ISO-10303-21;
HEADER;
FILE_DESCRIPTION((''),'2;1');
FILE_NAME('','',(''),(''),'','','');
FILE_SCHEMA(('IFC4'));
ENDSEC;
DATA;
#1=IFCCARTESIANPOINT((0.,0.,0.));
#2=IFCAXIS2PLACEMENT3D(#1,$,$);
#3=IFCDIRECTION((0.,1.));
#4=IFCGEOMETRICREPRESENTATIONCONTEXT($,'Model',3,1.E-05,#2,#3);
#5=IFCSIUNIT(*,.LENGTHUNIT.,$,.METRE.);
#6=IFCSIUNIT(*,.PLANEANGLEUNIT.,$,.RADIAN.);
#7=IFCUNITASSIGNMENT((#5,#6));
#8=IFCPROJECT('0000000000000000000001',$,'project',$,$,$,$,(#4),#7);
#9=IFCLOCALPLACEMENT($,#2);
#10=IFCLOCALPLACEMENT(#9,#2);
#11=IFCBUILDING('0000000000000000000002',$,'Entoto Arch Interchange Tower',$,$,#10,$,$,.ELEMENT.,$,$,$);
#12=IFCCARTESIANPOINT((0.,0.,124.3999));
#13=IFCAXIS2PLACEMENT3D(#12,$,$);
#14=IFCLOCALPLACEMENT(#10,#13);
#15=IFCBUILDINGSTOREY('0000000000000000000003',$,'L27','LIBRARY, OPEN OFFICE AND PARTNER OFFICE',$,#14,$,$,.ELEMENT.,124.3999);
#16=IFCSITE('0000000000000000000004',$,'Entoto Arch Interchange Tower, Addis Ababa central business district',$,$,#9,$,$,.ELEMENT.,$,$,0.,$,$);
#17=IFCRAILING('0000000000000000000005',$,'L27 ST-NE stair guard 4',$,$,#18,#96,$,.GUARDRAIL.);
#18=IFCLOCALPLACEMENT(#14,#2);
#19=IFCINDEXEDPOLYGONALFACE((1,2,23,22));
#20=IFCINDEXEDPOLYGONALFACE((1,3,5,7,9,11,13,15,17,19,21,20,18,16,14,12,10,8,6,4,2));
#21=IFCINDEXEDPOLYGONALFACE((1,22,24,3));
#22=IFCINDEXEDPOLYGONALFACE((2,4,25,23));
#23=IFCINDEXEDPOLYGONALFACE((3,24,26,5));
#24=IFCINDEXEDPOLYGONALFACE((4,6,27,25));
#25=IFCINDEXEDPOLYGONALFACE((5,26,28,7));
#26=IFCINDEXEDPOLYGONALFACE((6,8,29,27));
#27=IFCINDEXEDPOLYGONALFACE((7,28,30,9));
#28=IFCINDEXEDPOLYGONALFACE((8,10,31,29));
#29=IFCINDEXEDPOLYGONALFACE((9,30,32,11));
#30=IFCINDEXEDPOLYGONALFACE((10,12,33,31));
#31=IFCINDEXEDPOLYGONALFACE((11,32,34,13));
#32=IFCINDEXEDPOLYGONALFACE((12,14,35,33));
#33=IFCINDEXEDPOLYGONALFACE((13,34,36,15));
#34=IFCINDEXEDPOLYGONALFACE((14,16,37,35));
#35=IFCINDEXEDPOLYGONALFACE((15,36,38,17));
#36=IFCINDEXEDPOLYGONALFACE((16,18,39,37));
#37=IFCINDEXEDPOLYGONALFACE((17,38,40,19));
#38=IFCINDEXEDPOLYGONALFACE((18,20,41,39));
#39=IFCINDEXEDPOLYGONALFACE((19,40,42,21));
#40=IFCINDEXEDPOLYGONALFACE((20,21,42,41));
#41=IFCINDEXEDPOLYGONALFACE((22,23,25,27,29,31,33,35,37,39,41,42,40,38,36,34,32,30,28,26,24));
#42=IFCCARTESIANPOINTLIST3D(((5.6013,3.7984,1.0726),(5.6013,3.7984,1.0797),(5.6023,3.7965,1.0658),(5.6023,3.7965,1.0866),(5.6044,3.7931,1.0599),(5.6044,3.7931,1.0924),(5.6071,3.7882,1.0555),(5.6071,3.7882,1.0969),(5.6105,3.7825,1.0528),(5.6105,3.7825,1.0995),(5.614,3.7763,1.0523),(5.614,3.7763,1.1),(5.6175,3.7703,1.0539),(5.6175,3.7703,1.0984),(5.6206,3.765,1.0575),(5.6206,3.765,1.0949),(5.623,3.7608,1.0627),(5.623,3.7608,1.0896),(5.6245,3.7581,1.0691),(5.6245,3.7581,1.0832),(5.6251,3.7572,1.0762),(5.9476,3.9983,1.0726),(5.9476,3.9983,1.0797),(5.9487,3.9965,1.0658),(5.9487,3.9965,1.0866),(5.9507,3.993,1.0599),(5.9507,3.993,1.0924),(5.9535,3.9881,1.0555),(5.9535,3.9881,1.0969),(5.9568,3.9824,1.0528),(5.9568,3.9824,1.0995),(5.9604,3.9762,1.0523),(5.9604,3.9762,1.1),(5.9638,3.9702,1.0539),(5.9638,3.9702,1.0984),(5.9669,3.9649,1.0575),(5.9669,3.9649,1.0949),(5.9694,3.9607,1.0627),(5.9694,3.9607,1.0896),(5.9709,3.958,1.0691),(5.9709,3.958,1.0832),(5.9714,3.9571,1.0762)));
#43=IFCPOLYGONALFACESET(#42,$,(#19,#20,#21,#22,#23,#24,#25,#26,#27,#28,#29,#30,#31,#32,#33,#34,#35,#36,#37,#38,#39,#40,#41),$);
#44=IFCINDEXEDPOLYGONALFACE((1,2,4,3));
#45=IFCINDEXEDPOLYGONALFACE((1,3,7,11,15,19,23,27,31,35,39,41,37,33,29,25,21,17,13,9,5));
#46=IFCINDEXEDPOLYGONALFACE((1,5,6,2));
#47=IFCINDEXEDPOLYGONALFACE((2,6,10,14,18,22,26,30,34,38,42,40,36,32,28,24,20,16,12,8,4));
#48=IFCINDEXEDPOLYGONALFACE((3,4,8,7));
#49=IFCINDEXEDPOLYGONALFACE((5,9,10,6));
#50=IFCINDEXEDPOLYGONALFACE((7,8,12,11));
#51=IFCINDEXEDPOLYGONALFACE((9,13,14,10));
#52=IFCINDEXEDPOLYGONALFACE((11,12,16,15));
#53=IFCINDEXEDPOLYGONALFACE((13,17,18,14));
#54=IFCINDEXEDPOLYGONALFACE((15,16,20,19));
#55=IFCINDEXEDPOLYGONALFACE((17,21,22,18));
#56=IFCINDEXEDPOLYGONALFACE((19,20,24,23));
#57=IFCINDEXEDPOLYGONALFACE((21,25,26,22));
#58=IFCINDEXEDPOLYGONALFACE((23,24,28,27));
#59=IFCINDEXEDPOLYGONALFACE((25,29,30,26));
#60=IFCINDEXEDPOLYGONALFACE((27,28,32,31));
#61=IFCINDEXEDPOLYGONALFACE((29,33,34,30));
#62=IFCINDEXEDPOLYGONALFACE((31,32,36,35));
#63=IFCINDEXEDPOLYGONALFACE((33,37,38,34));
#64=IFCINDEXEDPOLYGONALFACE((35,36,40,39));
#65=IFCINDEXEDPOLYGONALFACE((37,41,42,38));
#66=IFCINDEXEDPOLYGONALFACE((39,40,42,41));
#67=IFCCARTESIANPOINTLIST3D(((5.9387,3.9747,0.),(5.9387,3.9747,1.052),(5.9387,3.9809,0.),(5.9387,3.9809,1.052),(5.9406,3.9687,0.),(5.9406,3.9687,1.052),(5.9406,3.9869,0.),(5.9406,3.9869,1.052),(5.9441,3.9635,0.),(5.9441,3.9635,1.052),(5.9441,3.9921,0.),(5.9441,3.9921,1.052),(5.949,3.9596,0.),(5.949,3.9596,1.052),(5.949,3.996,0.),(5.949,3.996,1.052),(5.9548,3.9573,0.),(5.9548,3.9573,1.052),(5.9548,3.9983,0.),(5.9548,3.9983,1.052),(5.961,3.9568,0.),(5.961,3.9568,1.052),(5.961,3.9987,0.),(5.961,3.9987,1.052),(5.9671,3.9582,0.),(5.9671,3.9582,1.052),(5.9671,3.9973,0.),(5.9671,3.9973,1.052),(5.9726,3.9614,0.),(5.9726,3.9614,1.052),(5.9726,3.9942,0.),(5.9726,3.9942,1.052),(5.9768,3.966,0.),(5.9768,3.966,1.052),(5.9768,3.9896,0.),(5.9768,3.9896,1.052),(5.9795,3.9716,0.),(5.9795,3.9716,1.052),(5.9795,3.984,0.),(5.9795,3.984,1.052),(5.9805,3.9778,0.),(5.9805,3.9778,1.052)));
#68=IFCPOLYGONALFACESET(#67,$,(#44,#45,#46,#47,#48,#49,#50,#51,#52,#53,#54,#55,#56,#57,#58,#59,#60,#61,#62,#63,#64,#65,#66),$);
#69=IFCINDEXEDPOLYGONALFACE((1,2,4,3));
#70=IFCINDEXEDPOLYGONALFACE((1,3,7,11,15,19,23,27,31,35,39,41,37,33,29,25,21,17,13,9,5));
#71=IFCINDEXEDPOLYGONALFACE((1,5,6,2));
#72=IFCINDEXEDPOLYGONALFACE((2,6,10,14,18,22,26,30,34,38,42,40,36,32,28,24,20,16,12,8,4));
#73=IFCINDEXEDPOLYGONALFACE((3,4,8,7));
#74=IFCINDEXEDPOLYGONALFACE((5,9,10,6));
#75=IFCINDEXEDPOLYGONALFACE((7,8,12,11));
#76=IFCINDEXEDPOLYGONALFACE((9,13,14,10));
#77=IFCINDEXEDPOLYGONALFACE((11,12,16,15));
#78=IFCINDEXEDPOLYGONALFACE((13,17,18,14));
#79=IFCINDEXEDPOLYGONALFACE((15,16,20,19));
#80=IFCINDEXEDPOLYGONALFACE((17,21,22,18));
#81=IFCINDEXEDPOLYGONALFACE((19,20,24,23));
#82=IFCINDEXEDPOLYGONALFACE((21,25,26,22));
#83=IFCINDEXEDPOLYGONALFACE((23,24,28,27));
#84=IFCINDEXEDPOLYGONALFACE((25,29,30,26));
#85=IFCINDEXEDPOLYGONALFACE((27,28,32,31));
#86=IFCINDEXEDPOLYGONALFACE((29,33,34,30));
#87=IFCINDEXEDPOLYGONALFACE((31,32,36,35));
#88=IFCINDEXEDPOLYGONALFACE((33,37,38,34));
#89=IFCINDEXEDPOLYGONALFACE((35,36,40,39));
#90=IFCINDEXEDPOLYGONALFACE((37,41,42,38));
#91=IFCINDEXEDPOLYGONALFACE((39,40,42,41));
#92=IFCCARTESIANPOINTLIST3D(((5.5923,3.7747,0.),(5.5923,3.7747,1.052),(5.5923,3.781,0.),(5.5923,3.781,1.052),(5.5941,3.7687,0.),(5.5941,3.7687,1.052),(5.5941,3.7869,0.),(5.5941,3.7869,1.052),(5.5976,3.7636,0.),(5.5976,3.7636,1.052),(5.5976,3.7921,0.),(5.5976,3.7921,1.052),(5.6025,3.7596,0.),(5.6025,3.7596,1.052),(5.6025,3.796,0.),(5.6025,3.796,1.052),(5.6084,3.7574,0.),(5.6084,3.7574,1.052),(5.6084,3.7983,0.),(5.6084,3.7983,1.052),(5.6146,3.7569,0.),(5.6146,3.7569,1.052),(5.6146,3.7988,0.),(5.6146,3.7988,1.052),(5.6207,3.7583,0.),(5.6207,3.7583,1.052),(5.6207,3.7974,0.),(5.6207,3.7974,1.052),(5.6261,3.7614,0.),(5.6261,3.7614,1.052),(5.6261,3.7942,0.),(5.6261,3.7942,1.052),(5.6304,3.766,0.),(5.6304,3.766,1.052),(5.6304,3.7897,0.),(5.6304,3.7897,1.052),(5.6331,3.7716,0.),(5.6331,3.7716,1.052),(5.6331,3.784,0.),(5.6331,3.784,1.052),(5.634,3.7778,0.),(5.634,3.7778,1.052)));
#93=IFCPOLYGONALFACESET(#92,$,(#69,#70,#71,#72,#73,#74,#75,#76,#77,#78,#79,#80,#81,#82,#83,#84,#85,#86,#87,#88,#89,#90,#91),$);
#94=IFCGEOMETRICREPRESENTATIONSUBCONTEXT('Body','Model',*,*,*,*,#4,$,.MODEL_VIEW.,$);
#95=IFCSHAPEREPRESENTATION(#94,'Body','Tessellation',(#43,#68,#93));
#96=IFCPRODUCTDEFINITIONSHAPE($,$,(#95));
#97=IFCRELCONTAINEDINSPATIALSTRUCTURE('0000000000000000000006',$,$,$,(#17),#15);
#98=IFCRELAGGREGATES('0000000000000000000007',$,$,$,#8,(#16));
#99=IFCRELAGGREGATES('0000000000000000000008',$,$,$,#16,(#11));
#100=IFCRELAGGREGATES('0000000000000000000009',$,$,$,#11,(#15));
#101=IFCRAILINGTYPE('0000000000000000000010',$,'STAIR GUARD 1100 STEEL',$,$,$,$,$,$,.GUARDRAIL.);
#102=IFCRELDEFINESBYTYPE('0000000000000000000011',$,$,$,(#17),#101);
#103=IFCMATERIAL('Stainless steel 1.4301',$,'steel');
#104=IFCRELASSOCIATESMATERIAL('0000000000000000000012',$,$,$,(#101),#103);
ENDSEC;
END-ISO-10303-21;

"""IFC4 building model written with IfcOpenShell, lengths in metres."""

from ifc_helpers import new_model, si_unit, direction, frame, origin, origin_2d, place, context, subcontext, project, spatial, circle, extrude, material, type_object, element, save


model = new_model("IFC4")

# Units and contexts
model_context = context("Model", 3, precision=1e-05, world=origin(), true_north=direction((0.0, 1.0)))
body_context = subcontext(model_context, "Body", "Model", "MODEL_VIEW")
ifc_project = project(units=[si_unit("LENGTHUNIT", "METRE"), si_unit("PLANEANGLEUNIT", "RADIAN")], contexts=[model_context])

# Site, building, storey
site_placement = place(None, origin())
site = spatial("IfcSite", under=ifc_project, at=site_placement, Name="Entoto Arch Interchange Tower, Addis Ababa central business district", CompositionType="ELEMENT", RefElevation=0.0)
building_placement = place(site_placement, origin())
building = spatial("IfcBuilding", under=site, at=building_placement, Name="Entoto Arch Interchange Tower", CompositionType="ELEMENT")
storey_placement = place(building_placement, frame((0.0, 0.0, 124.3999)))
storey = spatial("IfcBuildingStorey", under=building, at=storey_placement, Name="L27", Description="LIBRARY, OPEN OFFICE AND PARTNER OFFICE", CompositionType="ELEMENT", Elevation=124.3999)

# Railing
ifc_material_1 = material(Name="Stainless steel 1.4301", Category="steel")
railing_type_1 = type_object("IfcRailingType", Name="STAIR GUARD 1100 STEEL", PredefinedType="GUARDRAIL", material=ifc_material_1)
railing_1_placement = place(storey_placement, frame((5.9595, 3.9778, 0.0)))
element("IfcRailing", 1, at=railing_1_placement, inside=storey, type_object=railing_type_1, Name="L27 ST-NE stair guard 4", PredefinedType="GUARDRAIL", context=body_context, shape_type="SweptSolid", body=[
    extrude(circle(Radius=0.0239, at=origin_2d()), frame((0.0, 0.0, 1.0762), z_axis=(-0.866094, -0.499881, 0.0), x_axis=(0.499881, -0.866094, 0.0)), (0.0, 0.0, 1.0), 0.3999),
    extrude(circle(Radius=0.021, at=origin_2d()), origin(), (0.0, 0.0, 1.0), 1.052),
    extrude(circle(Radius=0.021, at=origin_2d()), frame((-0.3464, -0.2, 0.0)), (0.0, 0.0, 1.0), 1.052),
])

save(model, "model.ifc")
